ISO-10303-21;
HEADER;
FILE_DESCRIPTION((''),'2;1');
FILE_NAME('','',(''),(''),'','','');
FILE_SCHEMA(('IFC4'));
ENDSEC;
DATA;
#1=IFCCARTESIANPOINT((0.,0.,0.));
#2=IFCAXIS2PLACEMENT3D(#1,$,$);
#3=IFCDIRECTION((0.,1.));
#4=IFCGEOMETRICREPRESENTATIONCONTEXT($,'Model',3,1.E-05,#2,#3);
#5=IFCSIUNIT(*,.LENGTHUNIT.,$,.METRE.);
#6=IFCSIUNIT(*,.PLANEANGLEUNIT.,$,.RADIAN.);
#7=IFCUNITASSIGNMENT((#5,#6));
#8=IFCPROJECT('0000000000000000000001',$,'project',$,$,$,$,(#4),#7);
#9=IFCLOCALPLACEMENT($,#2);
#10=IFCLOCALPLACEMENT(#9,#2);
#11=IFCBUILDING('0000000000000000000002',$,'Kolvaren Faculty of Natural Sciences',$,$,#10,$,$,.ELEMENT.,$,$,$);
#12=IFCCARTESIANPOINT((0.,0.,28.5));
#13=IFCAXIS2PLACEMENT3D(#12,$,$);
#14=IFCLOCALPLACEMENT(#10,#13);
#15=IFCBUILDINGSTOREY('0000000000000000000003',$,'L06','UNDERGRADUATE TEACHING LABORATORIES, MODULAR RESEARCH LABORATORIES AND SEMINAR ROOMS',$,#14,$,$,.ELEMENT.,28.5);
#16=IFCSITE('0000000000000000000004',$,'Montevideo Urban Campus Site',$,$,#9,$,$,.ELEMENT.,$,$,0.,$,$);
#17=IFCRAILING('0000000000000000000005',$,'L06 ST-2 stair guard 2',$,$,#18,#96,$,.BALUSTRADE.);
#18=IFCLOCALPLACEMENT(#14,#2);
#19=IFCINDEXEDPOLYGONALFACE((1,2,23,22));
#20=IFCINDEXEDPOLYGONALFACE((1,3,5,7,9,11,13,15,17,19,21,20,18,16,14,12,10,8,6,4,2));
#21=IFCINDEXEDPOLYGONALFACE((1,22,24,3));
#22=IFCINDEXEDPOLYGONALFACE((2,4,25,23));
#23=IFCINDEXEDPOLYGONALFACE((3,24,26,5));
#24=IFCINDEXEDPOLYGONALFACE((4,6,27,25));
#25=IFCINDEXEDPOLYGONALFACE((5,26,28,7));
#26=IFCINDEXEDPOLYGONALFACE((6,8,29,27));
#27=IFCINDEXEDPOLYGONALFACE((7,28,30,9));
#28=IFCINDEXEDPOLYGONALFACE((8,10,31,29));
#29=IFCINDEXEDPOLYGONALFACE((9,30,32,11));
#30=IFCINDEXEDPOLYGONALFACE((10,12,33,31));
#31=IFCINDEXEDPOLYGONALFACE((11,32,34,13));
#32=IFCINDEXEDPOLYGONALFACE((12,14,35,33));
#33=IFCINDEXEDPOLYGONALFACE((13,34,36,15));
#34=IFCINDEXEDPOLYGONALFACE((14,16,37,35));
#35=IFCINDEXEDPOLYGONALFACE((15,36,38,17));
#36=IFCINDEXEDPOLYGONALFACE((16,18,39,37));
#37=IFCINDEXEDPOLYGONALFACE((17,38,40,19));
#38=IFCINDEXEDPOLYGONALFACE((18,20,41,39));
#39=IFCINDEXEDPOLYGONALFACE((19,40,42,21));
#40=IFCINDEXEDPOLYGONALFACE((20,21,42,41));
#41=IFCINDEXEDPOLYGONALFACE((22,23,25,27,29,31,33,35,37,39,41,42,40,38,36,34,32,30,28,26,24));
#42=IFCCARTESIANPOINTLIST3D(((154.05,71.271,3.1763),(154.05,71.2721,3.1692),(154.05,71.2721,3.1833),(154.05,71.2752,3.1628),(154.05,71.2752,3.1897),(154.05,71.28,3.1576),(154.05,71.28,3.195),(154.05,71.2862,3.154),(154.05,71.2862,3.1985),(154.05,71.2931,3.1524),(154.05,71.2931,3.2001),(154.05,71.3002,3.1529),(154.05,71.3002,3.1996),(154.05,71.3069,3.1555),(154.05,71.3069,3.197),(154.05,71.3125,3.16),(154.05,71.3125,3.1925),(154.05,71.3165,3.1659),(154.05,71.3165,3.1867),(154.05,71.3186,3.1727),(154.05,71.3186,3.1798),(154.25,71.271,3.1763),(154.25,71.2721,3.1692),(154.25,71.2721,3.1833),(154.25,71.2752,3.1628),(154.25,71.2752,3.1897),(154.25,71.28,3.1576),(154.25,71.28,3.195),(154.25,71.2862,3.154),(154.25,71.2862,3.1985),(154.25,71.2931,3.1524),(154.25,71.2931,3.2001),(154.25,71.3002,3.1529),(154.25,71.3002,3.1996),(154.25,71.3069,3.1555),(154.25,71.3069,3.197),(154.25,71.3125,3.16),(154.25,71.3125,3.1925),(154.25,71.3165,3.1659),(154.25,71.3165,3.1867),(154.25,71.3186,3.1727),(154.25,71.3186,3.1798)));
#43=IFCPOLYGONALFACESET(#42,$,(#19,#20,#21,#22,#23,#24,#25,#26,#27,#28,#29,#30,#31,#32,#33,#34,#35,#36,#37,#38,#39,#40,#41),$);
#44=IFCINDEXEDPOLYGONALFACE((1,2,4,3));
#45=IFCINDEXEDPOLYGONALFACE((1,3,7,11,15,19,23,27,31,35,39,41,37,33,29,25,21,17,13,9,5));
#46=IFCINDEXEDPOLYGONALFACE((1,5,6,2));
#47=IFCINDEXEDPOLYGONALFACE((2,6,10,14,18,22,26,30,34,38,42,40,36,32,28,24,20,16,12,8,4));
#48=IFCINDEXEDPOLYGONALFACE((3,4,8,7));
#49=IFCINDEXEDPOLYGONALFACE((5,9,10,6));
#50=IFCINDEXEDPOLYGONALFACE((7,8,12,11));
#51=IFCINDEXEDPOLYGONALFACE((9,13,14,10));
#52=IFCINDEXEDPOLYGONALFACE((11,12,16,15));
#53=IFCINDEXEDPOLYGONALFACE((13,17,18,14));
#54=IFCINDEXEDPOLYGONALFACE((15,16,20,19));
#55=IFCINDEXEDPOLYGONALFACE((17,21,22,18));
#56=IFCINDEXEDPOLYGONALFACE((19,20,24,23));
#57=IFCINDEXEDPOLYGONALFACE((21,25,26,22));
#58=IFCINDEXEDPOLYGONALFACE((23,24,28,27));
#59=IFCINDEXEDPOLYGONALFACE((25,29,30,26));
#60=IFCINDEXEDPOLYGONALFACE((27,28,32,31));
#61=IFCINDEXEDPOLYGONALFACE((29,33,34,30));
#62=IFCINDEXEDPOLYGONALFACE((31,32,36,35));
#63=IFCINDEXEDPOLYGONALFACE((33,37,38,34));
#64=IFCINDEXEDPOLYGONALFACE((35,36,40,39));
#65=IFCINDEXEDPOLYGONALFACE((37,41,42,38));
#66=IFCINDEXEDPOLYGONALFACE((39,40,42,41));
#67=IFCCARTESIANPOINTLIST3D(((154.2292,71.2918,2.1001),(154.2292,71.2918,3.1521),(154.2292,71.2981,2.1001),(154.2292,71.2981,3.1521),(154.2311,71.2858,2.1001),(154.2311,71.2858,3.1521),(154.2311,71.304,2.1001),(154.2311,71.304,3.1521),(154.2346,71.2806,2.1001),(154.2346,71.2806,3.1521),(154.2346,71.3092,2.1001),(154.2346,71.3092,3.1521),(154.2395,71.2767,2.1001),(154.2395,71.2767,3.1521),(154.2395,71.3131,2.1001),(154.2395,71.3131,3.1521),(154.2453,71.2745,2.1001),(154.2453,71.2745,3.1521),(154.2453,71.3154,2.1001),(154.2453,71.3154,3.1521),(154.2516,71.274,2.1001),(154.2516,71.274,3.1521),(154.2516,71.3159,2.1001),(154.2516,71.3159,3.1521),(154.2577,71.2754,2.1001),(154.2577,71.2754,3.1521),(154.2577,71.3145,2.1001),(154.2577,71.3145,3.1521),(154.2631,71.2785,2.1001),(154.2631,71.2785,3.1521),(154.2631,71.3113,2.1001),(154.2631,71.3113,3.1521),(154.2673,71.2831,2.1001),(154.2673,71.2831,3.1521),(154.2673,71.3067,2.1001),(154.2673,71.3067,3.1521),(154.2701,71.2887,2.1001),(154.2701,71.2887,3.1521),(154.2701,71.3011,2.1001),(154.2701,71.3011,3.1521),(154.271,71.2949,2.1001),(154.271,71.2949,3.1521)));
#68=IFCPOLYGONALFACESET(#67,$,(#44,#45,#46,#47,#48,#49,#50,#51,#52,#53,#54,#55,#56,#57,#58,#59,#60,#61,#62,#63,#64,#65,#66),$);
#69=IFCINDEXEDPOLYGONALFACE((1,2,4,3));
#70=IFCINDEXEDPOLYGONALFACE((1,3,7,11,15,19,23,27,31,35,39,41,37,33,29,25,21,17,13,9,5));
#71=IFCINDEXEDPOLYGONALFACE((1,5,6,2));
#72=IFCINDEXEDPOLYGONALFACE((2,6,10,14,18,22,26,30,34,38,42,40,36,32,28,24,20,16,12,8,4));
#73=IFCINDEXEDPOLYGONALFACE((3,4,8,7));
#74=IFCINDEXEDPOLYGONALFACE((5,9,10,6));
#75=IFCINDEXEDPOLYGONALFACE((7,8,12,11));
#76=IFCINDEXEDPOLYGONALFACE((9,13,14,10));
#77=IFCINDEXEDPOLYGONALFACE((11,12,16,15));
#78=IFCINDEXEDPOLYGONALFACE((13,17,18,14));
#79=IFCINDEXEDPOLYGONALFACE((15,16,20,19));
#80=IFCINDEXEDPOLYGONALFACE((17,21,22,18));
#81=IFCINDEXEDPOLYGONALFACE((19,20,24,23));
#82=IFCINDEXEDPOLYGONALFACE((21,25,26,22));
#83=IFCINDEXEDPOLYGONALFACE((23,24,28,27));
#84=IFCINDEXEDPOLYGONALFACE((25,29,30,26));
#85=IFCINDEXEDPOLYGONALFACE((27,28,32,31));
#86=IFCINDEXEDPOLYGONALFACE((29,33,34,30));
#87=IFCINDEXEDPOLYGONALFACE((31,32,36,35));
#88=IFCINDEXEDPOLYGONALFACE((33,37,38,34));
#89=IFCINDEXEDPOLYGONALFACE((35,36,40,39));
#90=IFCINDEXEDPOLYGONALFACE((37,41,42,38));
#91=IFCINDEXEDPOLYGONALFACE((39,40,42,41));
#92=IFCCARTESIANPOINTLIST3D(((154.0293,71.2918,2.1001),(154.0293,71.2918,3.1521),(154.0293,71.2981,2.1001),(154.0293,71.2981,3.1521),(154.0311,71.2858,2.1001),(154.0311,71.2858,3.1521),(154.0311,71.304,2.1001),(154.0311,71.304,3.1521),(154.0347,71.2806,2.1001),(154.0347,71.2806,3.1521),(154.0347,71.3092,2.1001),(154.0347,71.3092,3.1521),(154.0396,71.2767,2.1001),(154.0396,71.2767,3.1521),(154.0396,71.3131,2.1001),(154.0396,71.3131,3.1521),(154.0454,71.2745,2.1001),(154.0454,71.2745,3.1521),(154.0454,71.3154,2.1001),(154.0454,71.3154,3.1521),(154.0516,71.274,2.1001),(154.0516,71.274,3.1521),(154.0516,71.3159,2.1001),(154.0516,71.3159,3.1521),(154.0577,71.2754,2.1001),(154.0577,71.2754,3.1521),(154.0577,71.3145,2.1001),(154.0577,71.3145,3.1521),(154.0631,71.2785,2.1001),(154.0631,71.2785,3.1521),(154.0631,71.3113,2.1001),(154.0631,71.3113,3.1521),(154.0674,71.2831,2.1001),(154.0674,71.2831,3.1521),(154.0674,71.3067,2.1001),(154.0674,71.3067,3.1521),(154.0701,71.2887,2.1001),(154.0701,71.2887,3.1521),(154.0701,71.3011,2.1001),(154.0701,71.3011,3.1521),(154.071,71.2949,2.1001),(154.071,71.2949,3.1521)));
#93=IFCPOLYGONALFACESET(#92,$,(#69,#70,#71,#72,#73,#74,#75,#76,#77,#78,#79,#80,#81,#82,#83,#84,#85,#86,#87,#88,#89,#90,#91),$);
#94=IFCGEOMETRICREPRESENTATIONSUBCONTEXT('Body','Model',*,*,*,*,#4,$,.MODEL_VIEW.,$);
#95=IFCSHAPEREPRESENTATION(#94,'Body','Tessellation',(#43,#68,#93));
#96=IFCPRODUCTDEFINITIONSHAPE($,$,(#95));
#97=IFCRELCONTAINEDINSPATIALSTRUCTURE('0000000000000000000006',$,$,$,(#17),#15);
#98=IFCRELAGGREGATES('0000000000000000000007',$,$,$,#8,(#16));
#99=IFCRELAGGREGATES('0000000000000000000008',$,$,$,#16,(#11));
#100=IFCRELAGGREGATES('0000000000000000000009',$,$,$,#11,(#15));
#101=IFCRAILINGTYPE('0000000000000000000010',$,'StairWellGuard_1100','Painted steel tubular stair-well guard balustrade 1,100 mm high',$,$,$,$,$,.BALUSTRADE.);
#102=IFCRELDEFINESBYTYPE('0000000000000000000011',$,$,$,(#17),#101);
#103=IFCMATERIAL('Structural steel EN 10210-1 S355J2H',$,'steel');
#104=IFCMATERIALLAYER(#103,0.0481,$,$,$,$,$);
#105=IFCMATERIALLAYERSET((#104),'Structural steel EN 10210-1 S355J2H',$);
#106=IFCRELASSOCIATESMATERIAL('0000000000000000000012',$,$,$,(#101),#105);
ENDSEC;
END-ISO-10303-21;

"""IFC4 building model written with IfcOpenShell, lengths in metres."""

from ifc_helpers import new_model, si_unit, direction, frame, origin, origin_2d, place, context, subcontext, project, spatial, circle, extrude, material, layer, layer_set, type_object, element, save


model = new_model("IFC4")

# Units and contexts
model_context = context("Model", 3, precision=1e-05, world=origin(), true_north=direction((0.0, 1.0)))
body_context = subcontext(model_context, "Body", "Model", "MODEL_VIEW")
ifc_project = project(units=[si_unit("LENGTHUNIT", "METRE"), si_unit("PLANEANGLEUNIT", "RADIAN")], contexts=[model_context])

# Site, building, storey
site_placement = place(None, origin())
site = spatial("IfcSite", under=ifc_project, at=site_placement, Name="Montevideo Urban Campus Site", CompositionType="ELEMENT", RefElevation=0.0)
building_placement = place(site_placement, origin())
building = spatial("IfcBuilding", under=site, at=building_placement, Name="Kolvaren Faculty of Natural Sciences", CompositionType="ELEMENT")
storey_placement = place(building_placement, frame((0.0, 0.0, 28.5)))
storey = spatial("IfcBuildingStorey", under=building, at=storey_placement, Name="L06", Description="UNDERGRADUATE TEACHING LABORATORIES, MODULAR RESEARCH LABORATORIES AND SEMINAR ROOMS", CompositionType="ELEMENT", Elevation=28.5)

# Railing
ifc_material_1 = material(Name="Structural steel EN 10210-1 S355J2H", Category="steel")
ifc_layer_1 = layer(ifc_material_1, 0.0481)
ifc_layer_set_1 = layer_set([ifc_layer_1], Name="Structural steel EN 10210-1 S355J2H")
railing_type_1 = type_object("IfcRailingType", Name="StairWellGuard_1100", Description="Painted steel tubular stair-well guard balustrade 1,100 mm high", PredefinedType="BALUSTRADE", material=ifc_layer_set_1)
railing_1_placement = place(storey_placement, frame((154.25, 71.2949, 2.1001)))
element("IfcRailing", 1, at=railing_1_placement, inside=storey, type_object=railing_type_1, Name="L06 ST-2 stair guard 2", PredefinedType="BALUSTRADE", context=body_context, shape_type="SweptSolid", body=[
    extrude(circle(Radius=0.0239, at=origin_2d()), frame((0.0, 0.0, 1.0762), z_axis=(-1.0, 0.0, 0.0), x_axis=(0.0, -1.0, 0.0)), (0.0, 0.0, 1.0), 0.2),
    extrude(circle(Radius=0.021, at=origin_2d()), origin(), (0.0, 0.0, 1.0), 1.052),
    extrude(circle(Radius=0.021, at=origin_2d()), frame((-0.2, 0.0, 0.0)), (0.0, 0.0, 1.0), 1.052),
])

save(model, "model.ifc")
